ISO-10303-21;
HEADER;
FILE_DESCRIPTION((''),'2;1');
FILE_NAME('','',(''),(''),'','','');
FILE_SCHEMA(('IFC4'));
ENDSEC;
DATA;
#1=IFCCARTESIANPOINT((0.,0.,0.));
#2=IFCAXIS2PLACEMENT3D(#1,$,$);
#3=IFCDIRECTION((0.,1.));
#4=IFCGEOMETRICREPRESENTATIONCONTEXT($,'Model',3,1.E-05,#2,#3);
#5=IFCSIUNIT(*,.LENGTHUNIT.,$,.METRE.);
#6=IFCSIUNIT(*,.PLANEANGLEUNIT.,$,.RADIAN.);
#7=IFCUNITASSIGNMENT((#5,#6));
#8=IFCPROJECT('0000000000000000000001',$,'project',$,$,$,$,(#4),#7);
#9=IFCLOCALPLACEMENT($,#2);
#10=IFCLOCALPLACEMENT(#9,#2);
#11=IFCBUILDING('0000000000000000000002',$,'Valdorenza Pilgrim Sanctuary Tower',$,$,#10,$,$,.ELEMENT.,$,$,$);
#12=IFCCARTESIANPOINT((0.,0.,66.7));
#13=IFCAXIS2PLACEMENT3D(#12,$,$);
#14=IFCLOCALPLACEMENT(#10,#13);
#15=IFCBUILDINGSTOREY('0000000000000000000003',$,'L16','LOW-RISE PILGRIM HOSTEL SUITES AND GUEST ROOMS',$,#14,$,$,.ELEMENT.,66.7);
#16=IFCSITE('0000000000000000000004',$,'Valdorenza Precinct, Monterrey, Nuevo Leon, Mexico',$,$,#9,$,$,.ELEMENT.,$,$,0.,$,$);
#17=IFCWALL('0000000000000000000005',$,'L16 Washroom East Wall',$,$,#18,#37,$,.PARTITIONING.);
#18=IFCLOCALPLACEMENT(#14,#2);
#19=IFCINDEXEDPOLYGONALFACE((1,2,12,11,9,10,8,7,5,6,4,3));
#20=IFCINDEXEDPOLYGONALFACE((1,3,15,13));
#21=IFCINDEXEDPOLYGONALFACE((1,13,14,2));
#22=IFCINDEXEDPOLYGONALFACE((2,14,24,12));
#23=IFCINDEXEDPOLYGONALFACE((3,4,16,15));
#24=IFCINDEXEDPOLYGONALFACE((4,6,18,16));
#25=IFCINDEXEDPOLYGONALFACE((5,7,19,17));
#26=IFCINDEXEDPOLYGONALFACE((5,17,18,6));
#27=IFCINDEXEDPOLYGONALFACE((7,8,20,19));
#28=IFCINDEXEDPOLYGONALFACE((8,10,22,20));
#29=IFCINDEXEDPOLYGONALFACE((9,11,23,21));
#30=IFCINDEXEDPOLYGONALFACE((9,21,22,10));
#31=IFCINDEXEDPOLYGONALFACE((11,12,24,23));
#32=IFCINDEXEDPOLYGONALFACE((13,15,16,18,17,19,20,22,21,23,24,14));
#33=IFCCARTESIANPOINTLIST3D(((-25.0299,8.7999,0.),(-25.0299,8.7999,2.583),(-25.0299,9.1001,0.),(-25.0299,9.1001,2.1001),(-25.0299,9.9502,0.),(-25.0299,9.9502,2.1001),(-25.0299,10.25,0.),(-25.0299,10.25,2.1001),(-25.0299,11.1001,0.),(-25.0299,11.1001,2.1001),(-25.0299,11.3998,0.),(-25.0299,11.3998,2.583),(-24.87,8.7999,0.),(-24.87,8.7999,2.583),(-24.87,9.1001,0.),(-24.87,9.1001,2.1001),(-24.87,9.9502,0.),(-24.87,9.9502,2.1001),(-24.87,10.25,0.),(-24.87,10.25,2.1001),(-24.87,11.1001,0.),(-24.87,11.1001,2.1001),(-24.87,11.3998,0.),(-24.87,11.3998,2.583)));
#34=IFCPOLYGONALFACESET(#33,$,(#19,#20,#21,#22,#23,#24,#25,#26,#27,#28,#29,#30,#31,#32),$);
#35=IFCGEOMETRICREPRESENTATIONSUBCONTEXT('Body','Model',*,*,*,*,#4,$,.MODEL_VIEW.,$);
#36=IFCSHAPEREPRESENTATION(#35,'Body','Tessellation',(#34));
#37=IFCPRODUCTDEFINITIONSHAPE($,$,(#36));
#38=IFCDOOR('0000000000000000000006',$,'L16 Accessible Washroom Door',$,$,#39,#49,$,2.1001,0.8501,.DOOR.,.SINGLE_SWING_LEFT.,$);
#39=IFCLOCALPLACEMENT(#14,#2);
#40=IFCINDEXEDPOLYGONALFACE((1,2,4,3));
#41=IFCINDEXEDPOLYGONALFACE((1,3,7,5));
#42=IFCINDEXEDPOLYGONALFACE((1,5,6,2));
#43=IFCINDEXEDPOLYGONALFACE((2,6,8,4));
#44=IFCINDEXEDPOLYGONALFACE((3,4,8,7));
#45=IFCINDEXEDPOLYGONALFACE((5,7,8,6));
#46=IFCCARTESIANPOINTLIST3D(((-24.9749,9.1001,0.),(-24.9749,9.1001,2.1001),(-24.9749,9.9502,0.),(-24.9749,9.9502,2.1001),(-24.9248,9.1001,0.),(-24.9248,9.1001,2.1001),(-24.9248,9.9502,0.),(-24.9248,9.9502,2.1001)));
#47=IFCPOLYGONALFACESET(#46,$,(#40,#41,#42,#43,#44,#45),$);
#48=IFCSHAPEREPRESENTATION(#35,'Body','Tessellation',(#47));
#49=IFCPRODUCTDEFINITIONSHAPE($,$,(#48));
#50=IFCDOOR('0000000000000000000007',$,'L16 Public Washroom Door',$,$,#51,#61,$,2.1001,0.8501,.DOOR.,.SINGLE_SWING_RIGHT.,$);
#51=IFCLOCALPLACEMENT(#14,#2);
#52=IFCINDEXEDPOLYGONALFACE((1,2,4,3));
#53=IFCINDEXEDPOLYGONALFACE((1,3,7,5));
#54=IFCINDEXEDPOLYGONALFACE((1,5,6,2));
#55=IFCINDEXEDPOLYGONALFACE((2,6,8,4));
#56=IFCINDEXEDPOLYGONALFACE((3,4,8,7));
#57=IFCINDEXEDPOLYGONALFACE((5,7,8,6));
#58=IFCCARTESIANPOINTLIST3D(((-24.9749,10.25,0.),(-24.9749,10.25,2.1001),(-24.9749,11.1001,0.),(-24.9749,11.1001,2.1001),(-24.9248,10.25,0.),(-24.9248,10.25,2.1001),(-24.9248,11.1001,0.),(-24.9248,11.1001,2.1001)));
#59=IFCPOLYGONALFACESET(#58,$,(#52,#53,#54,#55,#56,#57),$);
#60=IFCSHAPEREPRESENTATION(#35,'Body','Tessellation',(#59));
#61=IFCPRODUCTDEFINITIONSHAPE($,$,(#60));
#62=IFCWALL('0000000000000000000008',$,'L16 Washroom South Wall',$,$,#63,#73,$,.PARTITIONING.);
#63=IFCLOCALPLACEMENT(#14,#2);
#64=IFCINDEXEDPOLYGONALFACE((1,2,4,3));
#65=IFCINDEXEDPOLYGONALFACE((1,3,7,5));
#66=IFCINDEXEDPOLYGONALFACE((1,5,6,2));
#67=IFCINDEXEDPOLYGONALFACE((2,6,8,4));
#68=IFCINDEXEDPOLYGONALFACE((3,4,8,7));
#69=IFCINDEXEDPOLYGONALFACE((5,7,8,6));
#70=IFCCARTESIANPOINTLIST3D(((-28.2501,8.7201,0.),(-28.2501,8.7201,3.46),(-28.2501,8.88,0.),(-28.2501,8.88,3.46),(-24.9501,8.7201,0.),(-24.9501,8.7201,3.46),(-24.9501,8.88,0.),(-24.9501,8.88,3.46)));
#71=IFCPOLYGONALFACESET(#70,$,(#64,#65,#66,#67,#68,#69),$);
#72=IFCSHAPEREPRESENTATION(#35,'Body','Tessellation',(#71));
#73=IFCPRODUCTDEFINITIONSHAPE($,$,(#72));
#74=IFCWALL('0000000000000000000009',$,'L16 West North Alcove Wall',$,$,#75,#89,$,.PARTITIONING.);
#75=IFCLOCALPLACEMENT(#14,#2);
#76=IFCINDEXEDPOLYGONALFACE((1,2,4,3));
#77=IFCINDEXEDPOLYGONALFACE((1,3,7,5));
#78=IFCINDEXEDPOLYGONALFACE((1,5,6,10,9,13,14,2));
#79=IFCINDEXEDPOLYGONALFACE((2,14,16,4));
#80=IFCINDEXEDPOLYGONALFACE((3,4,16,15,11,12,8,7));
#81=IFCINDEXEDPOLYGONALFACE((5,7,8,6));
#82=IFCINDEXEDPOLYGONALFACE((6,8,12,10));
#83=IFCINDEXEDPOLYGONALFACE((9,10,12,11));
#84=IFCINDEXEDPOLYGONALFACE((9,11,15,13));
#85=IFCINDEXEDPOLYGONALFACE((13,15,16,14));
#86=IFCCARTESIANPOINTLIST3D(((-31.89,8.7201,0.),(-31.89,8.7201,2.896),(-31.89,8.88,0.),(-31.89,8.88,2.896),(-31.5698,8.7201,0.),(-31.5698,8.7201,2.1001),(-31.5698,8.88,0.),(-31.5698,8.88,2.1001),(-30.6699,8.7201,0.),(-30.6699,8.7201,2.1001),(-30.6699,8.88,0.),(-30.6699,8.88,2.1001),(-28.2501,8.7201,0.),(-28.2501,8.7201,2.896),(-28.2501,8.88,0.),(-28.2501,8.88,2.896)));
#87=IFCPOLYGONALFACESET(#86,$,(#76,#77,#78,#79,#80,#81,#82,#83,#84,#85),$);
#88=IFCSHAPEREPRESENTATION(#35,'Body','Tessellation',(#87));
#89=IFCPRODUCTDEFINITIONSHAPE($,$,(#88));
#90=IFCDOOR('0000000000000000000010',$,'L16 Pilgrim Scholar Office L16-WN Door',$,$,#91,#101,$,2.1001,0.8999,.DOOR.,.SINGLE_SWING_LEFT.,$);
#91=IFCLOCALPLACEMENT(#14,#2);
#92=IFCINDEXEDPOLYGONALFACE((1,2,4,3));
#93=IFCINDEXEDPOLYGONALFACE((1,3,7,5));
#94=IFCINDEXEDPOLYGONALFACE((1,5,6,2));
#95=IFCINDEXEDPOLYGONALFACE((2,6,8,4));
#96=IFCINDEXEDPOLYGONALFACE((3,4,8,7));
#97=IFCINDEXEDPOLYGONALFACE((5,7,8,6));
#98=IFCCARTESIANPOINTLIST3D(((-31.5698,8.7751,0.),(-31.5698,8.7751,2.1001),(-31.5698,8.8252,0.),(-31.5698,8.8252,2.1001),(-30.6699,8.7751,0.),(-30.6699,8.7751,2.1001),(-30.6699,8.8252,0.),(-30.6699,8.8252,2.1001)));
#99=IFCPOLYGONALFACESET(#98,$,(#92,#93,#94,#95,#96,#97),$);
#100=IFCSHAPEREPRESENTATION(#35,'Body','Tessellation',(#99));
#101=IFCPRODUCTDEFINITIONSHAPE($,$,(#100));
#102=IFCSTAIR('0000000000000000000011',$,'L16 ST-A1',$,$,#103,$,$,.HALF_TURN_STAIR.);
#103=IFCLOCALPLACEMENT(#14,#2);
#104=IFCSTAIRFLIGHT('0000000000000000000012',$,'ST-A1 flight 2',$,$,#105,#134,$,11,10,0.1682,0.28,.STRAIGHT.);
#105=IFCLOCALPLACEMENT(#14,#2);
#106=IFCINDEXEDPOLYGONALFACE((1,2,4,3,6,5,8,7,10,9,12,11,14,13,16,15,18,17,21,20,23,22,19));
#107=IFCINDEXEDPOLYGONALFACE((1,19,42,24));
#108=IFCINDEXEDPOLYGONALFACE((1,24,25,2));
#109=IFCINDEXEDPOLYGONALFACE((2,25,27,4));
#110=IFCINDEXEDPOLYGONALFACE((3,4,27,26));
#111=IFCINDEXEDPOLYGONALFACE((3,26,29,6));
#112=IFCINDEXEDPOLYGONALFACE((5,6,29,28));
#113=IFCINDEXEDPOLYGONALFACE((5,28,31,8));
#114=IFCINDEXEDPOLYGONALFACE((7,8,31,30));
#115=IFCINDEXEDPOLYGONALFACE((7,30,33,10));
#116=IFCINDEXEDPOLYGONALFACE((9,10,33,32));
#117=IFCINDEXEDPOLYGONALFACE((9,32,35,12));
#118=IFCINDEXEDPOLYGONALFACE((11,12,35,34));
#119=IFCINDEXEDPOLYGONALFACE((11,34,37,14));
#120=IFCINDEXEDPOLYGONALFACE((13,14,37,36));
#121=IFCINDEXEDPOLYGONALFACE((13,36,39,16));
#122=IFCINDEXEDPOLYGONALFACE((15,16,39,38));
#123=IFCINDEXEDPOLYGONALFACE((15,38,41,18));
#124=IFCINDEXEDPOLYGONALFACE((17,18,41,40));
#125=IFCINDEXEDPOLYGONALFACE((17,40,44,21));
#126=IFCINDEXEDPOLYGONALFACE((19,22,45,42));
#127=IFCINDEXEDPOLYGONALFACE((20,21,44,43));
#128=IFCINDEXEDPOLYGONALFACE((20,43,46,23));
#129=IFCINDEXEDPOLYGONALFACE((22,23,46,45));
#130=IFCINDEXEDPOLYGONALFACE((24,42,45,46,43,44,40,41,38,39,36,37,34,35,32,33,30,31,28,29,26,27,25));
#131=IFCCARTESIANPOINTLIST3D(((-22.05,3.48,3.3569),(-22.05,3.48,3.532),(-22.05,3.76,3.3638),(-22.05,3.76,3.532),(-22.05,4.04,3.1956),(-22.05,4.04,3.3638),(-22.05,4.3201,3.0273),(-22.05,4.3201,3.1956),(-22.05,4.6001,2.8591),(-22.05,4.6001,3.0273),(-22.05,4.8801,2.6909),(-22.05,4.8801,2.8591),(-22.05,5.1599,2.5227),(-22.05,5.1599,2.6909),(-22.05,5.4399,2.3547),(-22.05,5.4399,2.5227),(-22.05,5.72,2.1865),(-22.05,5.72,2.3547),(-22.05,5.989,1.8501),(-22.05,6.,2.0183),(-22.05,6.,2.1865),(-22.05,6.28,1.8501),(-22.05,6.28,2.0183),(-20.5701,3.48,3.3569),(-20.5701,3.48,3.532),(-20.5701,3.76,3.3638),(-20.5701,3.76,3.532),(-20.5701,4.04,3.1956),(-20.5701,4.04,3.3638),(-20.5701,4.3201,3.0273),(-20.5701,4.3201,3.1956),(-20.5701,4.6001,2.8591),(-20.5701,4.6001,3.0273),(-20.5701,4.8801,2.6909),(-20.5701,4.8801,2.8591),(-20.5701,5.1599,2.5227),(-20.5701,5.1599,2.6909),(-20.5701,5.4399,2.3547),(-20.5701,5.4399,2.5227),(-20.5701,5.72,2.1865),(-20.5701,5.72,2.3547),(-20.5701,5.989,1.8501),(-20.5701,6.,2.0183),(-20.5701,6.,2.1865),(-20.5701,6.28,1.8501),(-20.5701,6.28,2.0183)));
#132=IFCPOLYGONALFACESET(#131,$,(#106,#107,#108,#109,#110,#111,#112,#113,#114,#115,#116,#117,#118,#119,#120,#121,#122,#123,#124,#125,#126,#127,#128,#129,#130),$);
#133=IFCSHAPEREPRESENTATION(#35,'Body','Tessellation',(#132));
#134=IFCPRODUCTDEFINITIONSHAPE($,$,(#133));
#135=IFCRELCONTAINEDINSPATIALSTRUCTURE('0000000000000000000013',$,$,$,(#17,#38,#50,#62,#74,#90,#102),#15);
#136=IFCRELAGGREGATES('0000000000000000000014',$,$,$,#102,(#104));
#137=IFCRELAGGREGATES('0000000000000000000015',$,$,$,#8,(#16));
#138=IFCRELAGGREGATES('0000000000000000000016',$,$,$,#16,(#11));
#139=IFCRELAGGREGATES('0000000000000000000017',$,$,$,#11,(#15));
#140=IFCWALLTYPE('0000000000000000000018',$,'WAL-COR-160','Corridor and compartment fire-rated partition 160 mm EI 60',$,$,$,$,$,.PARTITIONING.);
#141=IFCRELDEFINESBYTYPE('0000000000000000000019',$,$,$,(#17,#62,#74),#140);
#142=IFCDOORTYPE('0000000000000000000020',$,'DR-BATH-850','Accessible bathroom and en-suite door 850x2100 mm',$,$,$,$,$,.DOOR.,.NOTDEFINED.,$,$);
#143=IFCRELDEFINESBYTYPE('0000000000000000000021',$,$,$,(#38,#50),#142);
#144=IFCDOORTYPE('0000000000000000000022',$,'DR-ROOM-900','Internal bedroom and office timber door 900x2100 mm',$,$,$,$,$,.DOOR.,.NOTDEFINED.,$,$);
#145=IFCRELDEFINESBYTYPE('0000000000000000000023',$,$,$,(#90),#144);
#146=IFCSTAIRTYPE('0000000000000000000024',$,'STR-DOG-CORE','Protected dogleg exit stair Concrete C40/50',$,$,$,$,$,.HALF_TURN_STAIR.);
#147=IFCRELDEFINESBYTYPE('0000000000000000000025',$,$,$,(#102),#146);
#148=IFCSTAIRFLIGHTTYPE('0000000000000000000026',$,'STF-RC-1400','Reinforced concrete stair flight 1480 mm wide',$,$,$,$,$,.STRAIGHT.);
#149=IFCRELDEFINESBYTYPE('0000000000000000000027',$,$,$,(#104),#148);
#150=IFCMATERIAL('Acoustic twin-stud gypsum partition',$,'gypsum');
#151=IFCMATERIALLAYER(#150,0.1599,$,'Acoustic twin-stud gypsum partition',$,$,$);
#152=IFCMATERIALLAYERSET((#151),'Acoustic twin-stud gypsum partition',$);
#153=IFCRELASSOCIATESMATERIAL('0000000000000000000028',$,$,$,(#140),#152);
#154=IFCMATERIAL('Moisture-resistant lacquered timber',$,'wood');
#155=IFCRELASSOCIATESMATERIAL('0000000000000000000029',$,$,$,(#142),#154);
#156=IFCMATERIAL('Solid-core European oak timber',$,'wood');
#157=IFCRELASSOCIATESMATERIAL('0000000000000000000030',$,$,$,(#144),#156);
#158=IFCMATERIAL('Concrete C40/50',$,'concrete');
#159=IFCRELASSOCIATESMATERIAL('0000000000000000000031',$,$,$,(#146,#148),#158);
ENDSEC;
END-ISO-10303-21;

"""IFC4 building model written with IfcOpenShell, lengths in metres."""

from ifc_helpers import new_model, si_unit, direction, frame, frame_2d, origin, place, context, subcontext, project, spatial, polyline, rectangle, outline, extrude, material, layer, layer_set, type_object, element, fill, aggregate, save


model = new_model("IFC4")

# Units and contexts
model_context = context("Model", 3, precision=1e-05, world=origin(), true_north=direction((0.0, 1.0)))
body_context = subcontext(model_context, "Body", "Model", "MODEL_VIEW")
ifc_project = project(units=[si_unit("LENGTHUNIT", "METRE"), si_unit("PLANEANGLEUNIT", "RADIAN")], contexts=[model_context])

# Site, building, storey
site_placement = place(None, origin())
site = spatial("IfcSite", under=ifc_project, at=site_placement, Name="Valdorenza Precinct, Monterrey, Nuevo Leon, Mexico", CompositionType="ELEMENT", RefElevation=0.0)
building_placement = place(site_placement, origin())
building = spatial("IfcBuilding", under=site, at=building_placement, Name="Valdorenza Pilgrim Sanctuary Tower", CompositionType="ELEMENT")
storey_placement = place(building_placement, frame((0.0, 0.0, 66.7)))
storey = spatial("IfcBuildingStorey", under=building, at=storey_placement, Name="L16", Description="LOW-RISE PILGRIM HOSTEL SUITES AND GUEST ROOMS", CompositionType="ELEMENT", Elevation=66.7)

# Shared definitions
ifc_material_1 = material(Name="Acoustic twin-stud gypsum partition", Category="gypsum")
ifc_layer_1 = layer(ifc_material_1, 0.1599, Name="Acoustic twin-stud gypsum partition")
ifc_layer_set_1 = layer_set([ifc_layer_1], Name="Acoustic twin-stud gypsum partition")
wall_type = type_object("IfcWallType", Name="WAL-COR-160", Description="Corridor and compartment fire-rated partition 160 mm EI 60", PredefinedType="PARTITIONING", material=ifc_layer_set_1)

# Wall, openings, doors
wall_1_placement = place(storey_placement, frame((-24.95, 8.8, 0.0), z_axis=(0.0, 0.0, 1.0), x_axis=(0.0, 1.0, 0.0)))
wall_1 = element("IfcWall", 1, at=wall_1_placement, inside=storey, type_object=wall_type, Name="L16 Washroom East Wall", PredefinedType="PARTITIONING", context=body_context, shape_type="SweptSolid", body=[
    extrude(rectangle(XDim=2.5999, YDim=0.1599, at=frame_2d((1.2998, 0.0))), origin(), (0.0, 0.0, 1.0), 2.583),
])
opening_1_placement = place(wall_1_placement, frame((0.3, 0.0, 0.0)))
opening_1 = element("IfcOpeningElement", 2, at=opening_1_placement, cuts=wall_1, PredefinedType="OPENING", context=body_context, shape_type="SweptSolid", body=[
    extrude(rectangle(XDim=0.8501, YDim=2.1001, at=frame_2d((0.425, 1.05))), frame((0.0, 0.0947, 0.0), z_axis=(0.0, -1.0, 0.0), x_axis=(1.0, 0.0, 0.0)), (0.0, 0.0, 1.0), 0.1897),
])
opening_2_placement = place(wall_1_placement, frame((1.45, 0.0, 0.0)))
opening_2 = element("IfcOpeningElement", 3, at=opening_2_placement, cuts=wall_1, PredefinedType="OPENING", context=body_context, shape_type="SweptSolid", body=[
    extrude(rectangle(XDim=0.8501, YDim=2.1001, at=frame_2d((0.425, 1.05))), frame((0.0, 0.0947, 0.0), z_axis=(0.0, -1.0, 0.0), x_axis=(1.0, 0.0, 0.0)), (0.0, 0.0, 1.0), 0.1897),
])
ifc_material_2 = material(Name="Moisture-resistant lacquered timber", Category="wood")
door_type_1 = type_object("IfcDoorType", Name="DR-BATH-850", Description="Accessible bathroom and en-suite door 850x2100 mm", OperationType="NOTDEFINED", PredefinedType="DOOR", material=ifc_material_2)
door_1_placement = place(opening_1_placement, origin())
door_1 = element("IfcDoor", 4, at=door_1_placement, inside=storey, type_object=door_type_1, Name="L16 Accessible Washroom Door", OperationType="SINGLE_SWING_LEFT", OverallHeight=2.1001, OverallWidth=0.8501, PredefinedType="DOOR", context=body_context, shape_type="SweptSolid", body=[
    extrude(rectangle(XDim=0.8501, YDim=2.1001, at=frame_2d((0.425, 1.05))), frame((0.0, 0.0249, 0.0), z_axis=(0.0, -1.0, 0.0), x_axis=(1.0, 0.0, 0.0)), (0.0, 0.0, 1.0), 0.05),
])
fill(opening_1, door_1)
door_2_placement = place(opening_2_placement, origin())
door_2 = element("IfcDoor", 5, at=door_2_placement, inside=storey, type_object=door_type_1, Name="L16 Public Washroom Door", OperationType="SINGLE_SWING_RIGHT", OverallHeight=2.1001, OverallWidth=0.8501, PredefinedType="DOOR", context=body_context, shape_type="SweptSolid", body=[
    extrude(rectangle(XDim=0.8501, YDim=2.1001, at=frame_2d((0.425, 1.05))), frame((0.0, 0.0249, 0.0), z_axis=(0.0, -1.0, 0.0), x_axis=(1.0, 0.0, 0.0)), (0.0, 0.0, 1.0), 0.05),
])
fill(opening_2, door_2)

# Wall
wall_2_placement = place(storey_placement, frame((-28.25, 8.8, 0.0), z_axis=(0.0, 0.0, 1.0), x_axis=(1.0, 0.0, 0.0)))
element("IfcWall", 6, at=wall_2_placement, inside=storey, type_object=wall_type, Name="L16 Washroom South Wall", PredefinedType="PARTITIONING", context=body_context, shape_type="SweptSolid", body=[
    extrude(rectangle(XDim=3.3, YDim=0.1599, at=frame_2d((1.6499, 0.0))), origin(), (0.0, 0.0, 1.0), 3.46),
])

# Wall, opening, door
wall_3_placement = place(storey_placement, frame((-31.8899, 8.8, 0.0), z_axis=(0.0, 0.0, 1.0), x_axis=(1.0, 0.0, 0.0)))
wall_3 = element("IfcWall", 7, at=wall_3_placement, inside=storey, type_object=wall_type, Name="L16 West North Alcove Wall", PredefinedType="PARTITIONING", context=body_context, shape_type="SweptSolid", body=[
    extrude(rectangle(XDim=3.6399, YDim=0.1599, at=frame_2d((1.8198, 0.0))), origin(), (0.0, 0.0, 1.0), 2.896),
])
opening_3_placement = place(wall_3_placement, frame((0.3201, 0.0, 0.0)))
opening_3 = element("IfcOpeningElement", 8, at=opening_3_placement, cuts=wall_3, PredefinedType="OPENING", context=body_context, shape_type="SweptSolid", body=[
    extrude(rectangle(XDim=0.8999, YDim=2.1001, at=frame_2d((0.45, 1.05))), frame((0.0, 0.0947, 0.0), z_axis=(0.0, -1.0, 0.0), x_axis=(1.0, 0.0, 0.0)), (0.0, 0.0, 1.0), 0.1897),
])
ifc_material_3 = material(Name="Solid-core European oak timber", Category="wood")
door_type_2 = type_object("IfcDoorType", Name="DR-ROOM-900", Description="Internal bedroom and office timber door 900x2100 mm", OperationType="NOTDEFINED", PredefinedType="DOOR", material=ifc_material_3)
door_3_placement = place(opening_3_placement, frame((0.8999, 0.0, 0.0), z_axis=(0.0, 0.0, 1.0), x_axis=(-1.0, 0.0, 0.0)))
door_3 = element("IfcDoor", 9, at=door_3_placement, inside=storey, type_object=door_type_2, Name="L16 Pilgrim Scholar Office L16-WN Door", OperationType="SINGLE_SWING_LEFT", OverallHeight=2.1001, OverallWidth=0.8999, PredefinedType="DOOR", context=body_context, shape_type="SweptSolid", body=[
    extrude(rectangle(XDim=0.8999, YDim=2.1001, at=frame_2d((0.45, 1.05))), frame((0.0, 0.0249, 0.0), z_axis=(0.0, -1.0, 0.0), x_axis=(1.0, 0.0, 0.0)), (0.0, 0.0, 1.0), 0.05),
])
fill(opening_3, door_3)

# Stair, stair flight
ifc_material_4 = material(Name="Concrete C40/50", Category="concrete")
stair_type = type_object("IfcStairType", Name="STR-DOG-CORE", Description="Protected dogleg exit stair Concrete C40/50", PredefinedType="HALF_TURN_STAIR", material=ifc_material_4)
stair_placement = place(storey_placement, origin())
stair = element("IfcStair", 10, at=stair_placement, inside=storey, type_object=stair_type, Name="L16 ST-A1", PredefinedType="HALF_TURN_STAIR")
stair_flight_type = type_object("IfcStairFlightType", Name="STF-RC-1400", Description="Reinforced concrete stair flight 1480 mm wide", PredefinedType="STRAIGHT", material=ifc_material_4)
stair_flight_placement = place(storey_placement, frame((-21.3101, 6.28, 1.8501), z_axis=(0.0, 0.0, 1.0), x_axis=(0.0, -1.0, 0.0)))
stair_flight = element("IfcStairFlight", 11, at=stair_flight_placement, type_object=stair_flight_type, Name="ST-A1 flight 2", NumberOfRisers=11, NumberOfTreads=10, PredefinedType="STRAIGHT", RiserHeight=0.1682, TreadLength=0.28, context=body_context, shape_type="SweptSolid", body=[
    extrude(outline(polyline([(0.0, 0.0), (0.0, 0.1682), (0.28, 0.1682), (0.28, 0.3364), (0.5601, 0.3364), (0.5601, 0.5046), (0.8401, 0.5046), (0.8401, 0.6726), (1.1201, 0.6726), (1.1201, 0.8408), (1.3999, 0.8408), (1.3999, 1.009), (1.6799, 1.009), (1.6799, 1.1772), (1.96, 1.1772), (1.96, 1.3455), (2.24, 1.3455), (2.24, 1.5137), (2.52, 1.5137), (2.52, 1.6819), (2.8, 1.6819), (2.8, 1.8501), (2.8, 1.5068), (0.291, 0.0), (0.0, 0.0)])), frame((0.0, 0.74, 0.0), z_axis=(0.0, -1.0, 0.0), x_axis=(1.0, 0.0, 0.0)), (0.0, 0.0, 1.0), 1.48),
])
aggregate(stair, [stair_flight])

save(model, "model.ifc")
